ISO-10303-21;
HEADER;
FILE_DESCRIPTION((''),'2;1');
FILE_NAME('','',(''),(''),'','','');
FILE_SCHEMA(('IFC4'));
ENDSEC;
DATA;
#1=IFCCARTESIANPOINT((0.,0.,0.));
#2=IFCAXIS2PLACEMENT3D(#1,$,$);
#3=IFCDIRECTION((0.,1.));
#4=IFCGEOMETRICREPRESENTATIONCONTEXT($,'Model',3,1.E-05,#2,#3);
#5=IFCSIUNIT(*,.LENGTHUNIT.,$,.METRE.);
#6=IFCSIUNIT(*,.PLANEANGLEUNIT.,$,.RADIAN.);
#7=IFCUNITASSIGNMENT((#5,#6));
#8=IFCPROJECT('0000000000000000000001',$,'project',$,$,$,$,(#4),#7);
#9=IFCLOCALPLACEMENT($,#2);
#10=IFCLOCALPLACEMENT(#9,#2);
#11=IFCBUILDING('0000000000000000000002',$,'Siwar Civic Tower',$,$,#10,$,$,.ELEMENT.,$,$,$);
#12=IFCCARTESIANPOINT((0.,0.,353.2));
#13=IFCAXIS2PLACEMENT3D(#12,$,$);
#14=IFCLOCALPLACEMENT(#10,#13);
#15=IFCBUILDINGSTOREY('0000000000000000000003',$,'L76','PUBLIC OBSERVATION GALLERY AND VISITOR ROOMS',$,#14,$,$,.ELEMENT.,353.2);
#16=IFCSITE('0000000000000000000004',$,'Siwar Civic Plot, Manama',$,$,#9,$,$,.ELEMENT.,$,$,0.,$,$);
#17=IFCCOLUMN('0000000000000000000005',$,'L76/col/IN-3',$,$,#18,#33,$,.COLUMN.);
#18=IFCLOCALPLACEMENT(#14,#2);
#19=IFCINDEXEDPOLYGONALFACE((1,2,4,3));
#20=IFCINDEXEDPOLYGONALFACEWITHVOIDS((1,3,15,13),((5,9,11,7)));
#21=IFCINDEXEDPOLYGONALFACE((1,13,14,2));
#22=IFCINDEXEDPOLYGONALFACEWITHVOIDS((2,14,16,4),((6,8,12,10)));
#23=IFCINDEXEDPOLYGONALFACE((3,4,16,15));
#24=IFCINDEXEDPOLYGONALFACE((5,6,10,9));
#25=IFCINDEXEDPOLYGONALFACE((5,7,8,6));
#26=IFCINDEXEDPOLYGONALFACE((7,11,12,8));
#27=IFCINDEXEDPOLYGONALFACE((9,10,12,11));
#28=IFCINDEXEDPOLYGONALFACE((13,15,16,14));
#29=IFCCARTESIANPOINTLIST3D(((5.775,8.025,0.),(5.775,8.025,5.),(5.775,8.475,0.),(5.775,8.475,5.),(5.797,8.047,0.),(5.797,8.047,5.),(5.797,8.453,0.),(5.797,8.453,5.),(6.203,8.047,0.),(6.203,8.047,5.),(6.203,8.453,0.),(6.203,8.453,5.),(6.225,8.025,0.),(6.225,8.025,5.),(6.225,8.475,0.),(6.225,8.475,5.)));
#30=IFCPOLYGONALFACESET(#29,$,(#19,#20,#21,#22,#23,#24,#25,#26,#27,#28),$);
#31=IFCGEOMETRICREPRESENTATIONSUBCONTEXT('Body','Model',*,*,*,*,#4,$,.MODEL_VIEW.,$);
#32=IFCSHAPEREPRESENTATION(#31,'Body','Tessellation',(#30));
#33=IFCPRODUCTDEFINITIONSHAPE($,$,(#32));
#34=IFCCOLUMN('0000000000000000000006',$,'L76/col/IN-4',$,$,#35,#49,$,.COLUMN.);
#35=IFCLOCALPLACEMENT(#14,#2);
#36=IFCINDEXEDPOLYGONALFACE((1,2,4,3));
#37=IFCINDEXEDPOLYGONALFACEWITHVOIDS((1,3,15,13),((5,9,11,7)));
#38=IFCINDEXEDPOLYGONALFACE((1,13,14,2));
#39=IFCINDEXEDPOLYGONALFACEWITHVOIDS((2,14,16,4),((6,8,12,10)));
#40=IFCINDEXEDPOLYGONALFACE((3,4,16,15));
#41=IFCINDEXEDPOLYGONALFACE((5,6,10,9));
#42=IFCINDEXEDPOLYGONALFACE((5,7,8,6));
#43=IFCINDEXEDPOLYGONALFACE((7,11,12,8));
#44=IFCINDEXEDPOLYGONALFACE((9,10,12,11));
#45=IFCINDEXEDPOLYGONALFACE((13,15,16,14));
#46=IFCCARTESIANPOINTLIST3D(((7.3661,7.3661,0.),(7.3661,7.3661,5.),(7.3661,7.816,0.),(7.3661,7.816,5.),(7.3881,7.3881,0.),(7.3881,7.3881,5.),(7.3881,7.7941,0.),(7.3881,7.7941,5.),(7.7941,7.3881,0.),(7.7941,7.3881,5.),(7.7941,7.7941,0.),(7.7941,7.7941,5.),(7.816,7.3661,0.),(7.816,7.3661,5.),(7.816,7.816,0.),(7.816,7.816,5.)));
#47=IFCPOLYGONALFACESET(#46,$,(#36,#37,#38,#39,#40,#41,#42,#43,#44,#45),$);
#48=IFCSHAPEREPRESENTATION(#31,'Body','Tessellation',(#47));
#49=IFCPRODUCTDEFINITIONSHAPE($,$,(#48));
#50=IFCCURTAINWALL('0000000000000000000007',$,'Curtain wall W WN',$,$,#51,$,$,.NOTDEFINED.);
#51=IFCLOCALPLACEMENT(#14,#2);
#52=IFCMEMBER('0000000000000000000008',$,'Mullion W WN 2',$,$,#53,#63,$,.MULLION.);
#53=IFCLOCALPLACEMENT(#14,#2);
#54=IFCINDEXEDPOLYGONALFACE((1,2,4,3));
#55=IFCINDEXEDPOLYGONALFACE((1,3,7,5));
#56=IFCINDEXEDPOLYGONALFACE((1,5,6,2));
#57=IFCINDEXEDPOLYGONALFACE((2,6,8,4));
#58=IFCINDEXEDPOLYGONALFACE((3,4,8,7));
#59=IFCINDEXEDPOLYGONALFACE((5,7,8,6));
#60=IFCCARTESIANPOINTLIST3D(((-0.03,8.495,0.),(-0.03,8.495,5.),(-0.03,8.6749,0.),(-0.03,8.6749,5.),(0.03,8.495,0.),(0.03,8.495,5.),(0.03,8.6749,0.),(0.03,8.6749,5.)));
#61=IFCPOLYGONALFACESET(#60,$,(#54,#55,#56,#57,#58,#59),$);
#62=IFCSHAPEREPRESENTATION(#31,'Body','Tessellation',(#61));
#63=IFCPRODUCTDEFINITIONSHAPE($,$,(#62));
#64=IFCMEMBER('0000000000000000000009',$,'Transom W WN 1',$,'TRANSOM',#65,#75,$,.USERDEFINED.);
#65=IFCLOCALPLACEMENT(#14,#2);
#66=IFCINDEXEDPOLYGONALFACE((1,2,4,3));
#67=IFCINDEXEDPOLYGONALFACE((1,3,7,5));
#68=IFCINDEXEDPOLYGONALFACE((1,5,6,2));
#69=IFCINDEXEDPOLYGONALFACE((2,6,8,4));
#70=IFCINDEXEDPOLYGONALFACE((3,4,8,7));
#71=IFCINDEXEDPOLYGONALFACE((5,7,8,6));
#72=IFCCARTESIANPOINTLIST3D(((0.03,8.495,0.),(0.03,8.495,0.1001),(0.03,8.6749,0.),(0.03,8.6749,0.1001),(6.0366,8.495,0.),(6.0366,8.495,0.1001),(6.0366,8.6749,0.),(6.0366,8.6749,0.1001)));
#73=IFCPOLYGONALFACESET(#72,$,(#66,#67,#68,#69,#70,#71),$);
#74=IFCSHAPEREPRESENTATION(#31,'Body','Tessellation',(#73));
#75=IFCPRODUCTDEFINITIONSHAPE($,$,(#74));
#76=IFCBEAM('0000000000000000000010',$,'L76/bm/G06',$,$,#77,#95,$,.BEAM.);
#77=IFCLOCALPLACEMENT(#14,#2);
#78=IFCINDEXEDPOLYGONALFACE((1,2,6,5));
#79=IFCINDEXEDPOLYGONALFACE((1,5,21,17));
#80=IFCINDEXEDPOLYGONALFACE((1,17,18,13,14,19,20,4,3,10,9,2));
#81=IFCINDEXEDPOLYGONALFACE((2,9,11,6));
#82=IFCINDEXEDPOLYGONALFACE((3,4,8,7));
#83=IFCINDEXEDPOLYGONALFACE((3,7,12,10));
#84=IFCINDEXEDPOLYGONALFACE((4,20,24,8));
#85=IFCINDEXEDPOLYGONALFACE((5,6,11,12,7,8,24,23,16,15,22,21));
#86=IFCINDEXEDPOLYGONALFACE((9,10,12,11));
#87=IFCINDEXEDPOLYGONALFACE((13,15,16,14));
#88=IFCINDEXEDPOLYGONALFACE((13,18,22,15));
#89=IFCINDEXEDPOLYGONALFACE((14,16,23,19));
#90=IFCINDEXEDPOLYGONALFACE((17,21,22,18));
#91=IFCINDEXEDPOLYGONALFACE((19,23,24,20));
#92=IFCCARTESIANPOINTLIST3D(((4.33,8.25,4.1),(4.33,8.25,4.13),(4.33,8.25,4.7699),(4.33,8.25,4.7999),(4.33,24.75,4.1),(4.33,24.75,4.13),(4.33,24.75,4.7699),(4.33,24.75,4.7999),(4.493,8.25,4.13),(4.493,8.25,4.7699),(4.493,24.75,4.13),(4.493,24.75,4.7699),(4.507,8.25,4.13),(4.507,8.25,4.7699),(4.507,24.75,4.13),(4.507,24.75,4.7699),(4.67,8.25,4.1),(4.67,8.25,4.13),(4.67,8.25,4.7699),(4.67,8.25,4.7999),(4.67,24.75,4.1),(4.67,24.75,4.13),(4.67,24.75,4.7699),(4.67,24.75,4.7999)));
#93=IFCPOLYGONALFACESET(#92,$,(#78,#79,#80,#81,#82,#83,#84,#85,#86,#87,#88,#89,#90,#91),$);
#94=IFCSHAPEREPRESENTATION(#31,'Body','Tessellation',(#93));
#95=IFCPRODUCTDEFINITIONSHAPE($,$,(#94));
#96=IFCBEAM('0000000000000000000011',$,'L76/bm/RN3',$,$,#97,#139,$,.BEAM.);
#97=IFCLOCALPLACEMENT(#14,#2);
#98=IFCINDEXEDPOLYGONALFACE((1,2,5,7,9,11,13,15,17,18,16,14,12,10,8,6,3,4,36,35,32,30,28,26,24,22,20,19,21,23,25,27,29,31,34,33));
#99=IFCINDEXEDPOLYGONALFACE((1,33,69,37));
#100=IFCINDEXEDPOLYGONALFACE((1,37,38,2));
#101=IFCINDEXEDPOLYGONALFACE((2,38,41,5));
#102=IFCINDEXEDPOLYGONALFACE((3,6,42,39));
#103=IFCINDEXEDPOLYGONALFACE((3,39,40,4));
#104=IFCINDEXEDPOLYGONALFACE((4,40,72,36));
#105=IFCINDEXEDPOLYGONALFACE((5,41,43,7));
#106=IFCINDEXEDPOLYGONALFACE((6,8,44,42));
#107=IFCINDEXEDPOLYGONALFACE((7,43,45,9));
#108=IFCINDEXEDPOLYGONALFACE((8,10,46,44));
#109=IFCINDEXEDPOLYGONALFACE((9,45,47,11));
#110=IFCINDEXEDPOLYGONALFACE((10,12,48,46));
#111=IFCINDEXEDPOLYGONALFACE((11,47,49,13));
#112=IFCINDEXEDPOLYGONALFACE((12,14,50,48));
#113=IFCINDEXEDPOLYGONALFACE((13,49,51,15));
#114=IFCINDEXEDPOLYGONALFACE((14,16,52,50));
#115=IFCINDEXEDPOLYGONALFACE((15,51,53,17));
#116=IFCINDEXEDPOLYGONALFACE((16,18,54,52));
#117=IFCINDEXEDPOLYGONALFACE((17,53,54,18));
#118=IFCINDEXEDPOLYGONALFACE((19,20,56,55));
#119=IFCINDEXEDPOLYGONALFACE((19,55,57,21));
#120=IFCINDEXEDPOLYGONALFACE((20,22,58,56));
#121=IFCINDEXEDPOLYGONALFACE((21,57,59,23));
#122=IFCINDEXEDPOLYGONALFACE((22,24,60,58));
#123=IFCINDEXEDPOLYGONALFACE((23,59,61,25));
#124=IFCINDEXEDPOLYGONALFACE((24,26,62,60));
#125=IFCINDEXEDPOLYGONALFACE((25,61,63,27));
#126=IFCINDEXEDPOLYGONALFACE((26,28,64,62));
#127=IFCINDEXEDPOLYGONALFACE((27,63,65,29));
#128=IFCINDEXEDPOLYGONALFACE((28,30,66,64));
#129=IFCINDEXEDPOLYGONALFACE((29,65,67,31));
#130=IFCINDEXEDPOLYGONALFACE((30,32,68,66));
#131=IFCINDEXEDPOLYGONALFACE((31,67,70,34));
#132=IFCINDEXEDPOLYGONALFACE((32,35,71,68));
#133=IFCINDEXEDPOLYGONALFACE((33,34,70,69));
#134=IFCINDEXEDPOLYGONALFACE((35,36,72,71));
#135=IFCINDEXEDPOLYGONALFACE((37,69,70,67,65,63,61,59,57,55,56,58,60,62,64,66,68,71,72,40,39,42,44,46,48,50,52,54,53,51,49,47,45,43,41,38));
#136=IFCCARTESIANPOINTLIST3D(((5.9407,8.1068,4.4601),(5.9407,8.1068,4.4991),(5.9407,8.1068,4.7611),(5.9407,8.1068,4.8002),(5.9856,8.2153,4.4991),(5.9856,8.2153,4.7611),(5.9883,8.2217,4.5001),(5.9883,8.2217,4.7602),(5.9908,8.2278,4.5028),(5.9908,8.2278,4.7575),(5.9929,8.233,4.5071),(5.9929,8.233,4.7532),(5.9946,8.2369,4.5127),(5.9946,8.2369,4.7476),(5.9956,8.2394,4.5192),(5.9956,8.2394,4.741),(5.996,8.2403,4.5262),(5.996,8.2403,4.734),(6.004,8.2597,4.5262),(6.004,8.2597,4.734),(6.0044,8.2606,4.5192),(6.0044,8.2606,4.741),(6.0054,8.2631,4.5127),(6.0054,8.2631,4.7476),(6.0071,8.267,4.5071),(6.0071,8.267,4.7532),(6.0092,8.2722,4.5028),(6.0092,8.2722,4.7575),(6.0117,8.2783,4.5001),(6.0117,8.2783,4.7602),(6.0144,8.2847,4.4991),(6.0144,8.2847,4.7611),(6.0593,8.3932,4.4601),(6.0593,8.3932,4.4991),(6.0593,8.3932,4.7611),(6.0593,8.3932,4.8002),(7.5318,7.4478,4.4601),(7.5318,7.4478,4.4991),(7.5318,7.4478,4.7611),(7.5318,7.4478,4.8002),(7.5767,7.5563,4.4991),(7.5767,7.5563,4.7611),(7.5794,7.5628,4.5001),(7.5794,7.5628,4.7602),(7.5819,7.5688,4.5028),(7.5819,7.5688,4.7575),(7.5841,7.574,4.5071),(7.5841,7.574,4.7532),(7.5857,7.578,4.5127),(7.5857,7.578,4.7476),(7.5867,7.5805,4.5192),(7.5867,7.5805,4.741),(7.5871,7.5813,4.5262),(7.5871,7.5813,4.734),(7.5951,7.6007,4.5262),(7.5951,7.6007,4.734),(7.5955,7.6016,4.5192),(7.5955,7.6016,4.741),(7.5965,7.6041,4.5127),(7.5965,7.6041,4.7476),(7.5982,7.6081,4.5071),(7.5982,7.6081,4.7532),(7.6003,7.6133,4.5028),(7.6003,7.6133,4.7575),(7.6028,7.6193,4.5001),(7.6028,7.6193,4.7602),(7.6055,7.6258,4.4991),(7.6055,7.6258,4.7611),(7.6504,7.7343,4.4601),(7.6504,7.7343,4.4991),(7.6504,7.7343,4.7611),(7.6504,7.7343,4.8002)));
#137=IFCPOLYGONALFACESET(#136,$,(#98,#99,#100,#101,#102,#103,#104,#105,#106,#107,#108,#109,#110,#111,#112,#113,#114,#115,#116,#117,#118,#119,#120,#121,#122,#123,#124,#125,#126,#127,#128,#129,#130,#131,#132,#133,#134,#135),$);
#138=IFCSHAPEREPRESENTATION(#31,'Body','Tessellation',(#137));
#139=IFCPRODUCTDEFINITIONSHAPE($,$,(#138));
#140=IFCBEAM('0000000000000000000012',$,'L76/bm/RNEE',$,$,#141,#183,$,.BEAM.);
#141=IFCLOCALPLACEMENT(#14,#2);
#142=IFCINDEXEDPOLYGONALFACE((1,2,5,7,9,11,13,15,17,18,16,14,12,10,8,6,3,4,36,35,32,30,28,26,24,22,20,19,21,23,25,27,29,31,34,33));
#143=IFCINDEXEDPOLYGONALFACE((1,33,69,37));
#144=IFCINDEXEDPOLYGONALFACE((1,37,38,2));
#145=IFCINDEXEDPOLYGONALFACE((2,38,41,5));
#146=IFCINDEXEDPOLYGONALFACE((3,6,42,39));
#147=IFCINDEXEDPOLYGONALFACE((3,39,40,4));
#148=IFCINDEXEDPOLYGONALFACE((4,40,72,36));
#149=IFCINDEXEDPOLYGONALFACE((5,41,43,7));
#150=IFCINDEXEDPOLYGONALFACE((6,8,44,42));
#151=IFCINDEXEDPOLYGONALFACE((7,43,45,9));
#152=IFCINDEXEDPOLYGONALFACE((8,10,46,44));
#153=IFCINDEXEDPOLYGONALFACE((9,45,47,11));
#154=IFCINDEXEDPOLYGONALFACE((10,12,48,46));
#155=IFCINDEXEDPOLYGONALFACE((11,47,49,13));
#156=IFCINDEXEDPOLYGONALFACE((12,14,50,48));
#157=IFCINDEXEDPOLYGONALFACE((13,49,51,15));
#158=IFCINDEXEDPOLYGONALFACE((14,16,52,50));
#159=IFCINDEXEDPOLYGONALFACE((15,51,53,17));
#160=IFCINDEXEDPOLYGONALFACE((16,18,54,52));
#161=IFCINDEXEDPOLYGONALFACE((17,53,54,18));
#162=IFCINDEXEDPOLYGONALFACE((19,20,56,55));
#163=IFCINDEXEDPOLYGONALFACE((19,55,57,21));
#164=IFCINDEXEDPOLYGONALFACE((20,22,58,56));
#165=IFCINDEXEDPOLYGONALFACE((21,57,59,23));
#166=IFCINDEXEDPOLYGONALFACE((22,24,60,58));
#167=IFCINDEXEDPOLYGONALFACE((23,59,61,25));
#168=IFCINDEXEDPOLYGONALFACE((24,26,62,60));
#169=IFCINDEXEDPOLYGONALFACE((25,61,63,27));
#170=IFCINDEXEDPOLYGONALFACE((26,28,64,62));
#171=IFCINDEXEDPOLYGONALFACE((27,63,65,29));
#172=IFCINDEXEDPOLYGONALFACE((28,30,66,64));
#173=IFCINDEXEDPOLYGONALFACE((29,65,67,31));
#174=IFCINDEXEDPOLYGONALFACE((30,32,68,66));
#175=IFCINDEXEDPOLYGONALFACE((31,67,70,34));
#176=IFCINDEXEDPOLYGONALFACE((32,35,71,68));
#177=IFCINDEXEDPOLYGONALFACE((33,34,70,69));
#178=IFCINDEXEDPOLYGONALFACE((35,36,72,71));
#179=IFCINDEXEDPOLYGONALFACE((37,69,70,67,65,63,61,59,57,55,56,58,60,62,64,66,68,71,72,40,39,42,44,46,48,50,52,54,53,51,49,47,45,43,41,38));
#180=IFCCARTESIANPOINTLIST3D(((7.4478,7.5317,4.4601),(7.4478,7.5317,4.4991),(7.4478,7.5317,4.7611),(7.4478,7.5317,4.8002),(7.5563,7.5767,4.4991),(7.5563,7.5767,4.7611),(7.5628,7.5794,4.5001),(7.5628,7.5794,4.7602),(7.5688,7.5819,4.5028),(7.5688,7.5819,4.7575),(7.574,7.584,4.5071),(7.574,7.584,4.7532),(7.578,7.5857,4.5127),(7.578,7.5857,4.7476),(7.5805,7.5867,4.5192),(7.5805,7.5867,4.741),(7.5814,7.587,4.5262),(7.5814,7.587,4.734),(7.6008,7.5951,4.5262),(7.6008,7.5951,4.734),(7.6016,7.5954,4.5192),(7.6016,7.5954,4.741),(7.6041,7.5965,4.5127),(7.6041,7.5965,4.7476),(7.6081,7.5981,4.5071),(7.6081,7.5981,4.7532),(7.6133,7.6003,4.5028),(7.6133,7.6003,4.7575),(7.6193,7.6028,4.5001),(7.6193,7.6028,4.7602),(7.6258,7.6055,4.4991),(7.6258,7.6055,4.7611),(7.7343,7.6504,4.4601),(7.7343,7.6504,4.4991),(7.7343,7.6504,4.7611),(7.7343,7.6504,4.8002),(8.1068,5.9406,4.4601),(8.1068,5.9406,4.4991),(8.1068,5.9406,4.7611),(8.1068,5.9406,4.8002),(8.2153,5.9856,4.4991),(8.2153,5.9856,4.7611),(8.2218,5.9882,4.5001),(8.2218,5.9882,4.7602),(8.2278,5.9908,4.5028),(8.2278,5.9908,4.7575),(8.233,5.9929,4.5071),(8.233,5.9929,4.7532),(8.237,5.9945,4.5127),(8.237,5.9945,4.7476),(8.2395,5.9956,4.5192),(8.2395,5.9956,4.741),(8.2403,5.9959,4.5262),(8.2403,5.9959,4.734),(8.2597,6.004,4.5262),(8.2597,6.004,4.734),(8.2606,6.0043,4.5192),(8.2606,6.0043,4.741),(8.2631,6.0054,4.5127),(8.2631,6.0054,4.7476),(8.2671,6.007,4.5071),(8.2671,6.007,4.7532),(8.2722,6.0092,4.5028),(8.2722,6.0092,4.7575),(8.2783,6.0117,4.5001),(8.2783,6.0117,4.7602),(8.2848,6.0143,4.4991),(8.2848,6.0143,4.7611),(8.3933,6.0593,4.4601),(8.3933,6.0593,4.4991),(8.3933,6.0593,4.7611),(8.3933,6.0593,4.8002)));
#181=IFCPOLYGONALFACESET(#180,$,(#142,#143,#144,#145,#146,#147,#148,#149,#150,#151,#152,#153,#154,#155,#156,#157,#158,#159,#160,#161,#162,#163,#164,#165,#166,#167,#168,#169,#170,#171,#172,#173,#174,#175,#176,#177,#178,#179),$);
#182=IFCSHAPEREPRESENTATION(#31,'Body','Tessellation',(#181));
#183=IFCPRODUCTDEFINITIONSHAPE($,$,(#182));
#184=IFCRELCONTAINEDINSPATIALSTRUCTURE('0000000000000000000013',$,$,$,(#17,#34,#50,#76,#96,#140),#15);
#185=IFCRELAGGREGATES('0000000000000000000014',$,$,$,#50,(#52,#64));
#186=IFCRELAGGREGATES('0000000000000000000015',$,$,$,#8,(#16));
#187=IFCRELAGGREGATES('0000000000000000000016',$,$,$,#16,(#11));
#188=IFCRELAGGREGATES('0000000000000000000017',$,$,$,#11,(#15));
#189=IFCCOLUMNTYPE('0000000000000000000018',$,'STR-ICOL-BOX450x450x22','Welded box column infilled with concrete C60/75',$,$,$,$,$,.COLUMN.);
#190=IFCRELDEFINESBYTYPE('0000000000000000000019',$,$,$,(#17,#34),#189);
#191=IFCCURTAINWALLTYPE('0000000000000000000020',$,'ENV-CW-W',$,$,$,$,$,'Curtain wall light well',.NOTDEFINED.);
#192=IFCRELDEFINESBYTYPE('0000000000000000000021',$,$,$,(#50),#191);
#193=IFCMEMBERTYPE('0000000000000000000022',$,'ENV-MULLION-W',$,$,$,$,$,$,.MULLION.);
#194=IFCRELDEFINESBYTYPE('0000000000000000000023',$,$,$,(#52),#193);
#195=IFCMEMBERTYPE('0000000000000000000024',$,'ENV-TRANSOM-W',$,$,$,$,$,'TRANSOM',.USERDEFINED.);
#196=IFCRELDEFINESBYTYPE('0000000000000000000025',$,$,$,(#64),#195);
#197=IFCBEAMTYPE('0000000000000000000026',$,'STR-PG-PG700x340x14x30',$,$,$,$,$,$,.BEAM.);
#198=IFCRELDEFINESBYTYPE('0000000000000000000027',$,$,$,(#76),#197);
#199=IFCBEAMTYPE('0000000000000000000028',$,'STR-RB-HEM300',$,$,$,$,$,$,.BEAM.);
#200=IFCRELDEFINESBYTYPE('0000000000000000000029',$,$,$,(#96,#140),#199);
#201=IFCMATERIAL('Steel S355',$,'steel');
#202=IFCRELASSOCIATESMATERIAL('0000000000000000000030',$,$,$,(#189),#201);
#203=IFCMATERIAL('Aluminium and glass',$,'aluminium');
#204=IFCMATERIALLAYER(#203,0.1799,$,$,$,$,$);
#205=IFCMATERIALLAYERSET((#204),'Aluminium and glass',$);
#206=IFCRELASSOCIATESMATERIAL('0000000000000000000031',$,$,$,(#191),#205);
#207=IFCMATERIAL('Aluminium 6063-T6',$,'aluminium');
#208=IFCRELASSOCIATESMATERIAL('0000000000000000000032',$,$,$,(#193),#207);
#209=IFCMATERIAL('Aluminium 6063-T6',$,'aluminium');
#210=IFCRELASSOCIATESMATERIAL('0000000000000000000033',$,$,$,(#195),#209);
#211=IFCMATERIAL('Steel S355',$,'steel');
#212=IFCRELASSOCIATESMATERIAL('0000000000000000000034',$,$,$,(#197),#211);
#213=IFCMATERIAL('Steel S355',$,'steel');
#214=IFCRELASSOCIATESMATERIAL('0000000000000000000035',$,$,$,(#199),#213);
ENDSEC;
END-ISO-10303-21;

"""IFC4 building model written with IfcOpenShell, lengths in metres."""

from ifc_helpers import new_model, si_unit, direction, frame, origin, origin_2d, place, context, subcontext, project, spatial, rectangle, hollow_rectangle, i_section, extrude, material, layer, layer_set, material_profile, profile_set, type_object, element, aggregate, save


model = new_model("IFC4")

# Units and contexts
model_context = context("Model", 3, precision=1e-05, world=origin(), true_north=direction((0.0, 1.0)))
body_context = subcontext(model_context, "Body", "Model", "MODEL_VIEW")
ifc_project = project(units=[si_unit("LENGTHUNIT", "METRE"), si_unit("PLANEANGLEUNIT", "RADIAN")], contexts=[model_context])

# Site, building, storey
site_placement = place(None, origin())
site = spatial("IfcSite", under=ifc_project, at=site_placement, Name="Siwar Civic Plot, Manama", CompositionType="ELEMENT", RefElevation=0.0)
building_placement = place(site_placement, origin())
building = spatial("IfcBuilding", under=site, at=building_placement, Name="Siwar Civic Tower", CompositionType="ELEMENT")
storey_placement = place(building_placement, frame((0.0, 0.0, 353.2)))
storey = spatial("IfcBuildingStorey", under=building, at=storey_placement, Name="L76", Description="PUBLIC OBSERVATION GALLERY AND VISITOR ROOMS", CompositionType="ELEMENT", Elevation=353.2)

# Columns
ifc_material_1 = material(Name="Steel S355", Category="steel")
ifc_material_profile_1 = material_profile(ifc_material_1, hollow_rectangle(XDim=0.45, YDim=0.45, WallThickness=0.022, at=origin_2d()), Name="BOX450x450x22")
ifc_profile_set_1 = profile_set([ifc_material_profile_1], Name="Steel S355")
column_type = type_object("IfcColumnType", Name="STR-ICOL-BOX450x450x22", Description="Welded box column infilled with concrete C60/75", PredefinedType="COLUMN", material=ifc_profile_set_1)
for number, where, z_axis, x_axis, name in (
    (1, (6.0, 8.25, 0.0), (0.0, 0.0, 1.0), (1.0, 0.0, 0.0), "L76/col/IN-3"),
    (2, (7.5911, 7.5911, 0.0), (0.0, 0.0, 1.0), (1.0, 0.0, 0.0), "L76/col/IN-4"),
):
    element("IfcColumn", number, at=place(storey_placement, frame(where, z_axis=z_axis, x_axis=x_axis)), inside=storey, type_object=column_type, Name=name, PredefinedType="COLUMN", context=body_context, shape_type="SweptSolid", body=[
        extrude(hollow_rectangle(XDim=0.45, YDim=0.45, WallThickness=0.022, at=origin_2d()), origin(), (0.0, 0.0, 1.0), 5.0),
    ])

# Curtain wall, members
ifc_material_2 = material(Name="Aluminium and glass", Category="aluminium")
ifc_layer_1 = layer(ifc_material_2, 0.1799)
ifc_layer_set_1 = layer_set([ifc_layer_1], Name="Aluminium and glass")
curtain_wall_type = type_object("IfcCurtainWallType", Name="ENV-CW-W", ElementType="Curtain wall light well", PredefinedType="NOTDEFINED", material=ifc_layer_set_1)
curtain_wall_placement = place(storey_placement, origin())
curtain_wall = element("IfcCurtainWall", 3, at=curtain_wall_placement, inside=storey, type_object=curtain_wall_type, Name="Curtain wall W WN", PredefinedType="NOTDEFINED")
ifc_material_3 = material(Name="Aluminium 6063-T6", Category="aluminium")
ifc_material_profile_2 = material_profile(ifc_material_3, rectangle(XDim=0.1799, YDim=0.0601, at=origin_2d()), Name="AL 180x60")
ifc_profile_set_2 = profile_set([ifc_material_profile_2], Name="Aluminium 6063-T6")
member_type_1 = type_object("IfcMemberType", Name="ENV-MULLION-W", PredefinedType="MULLION", material=ifc_profile_set_2)
member_1_placement = place(storey_placement, frame((0.0, 8.585, 0.0), z_axis=(0.0, 0.0, 1.0), x_axis=(0.0, -1.0, 0.0)))
member_1 = element("IfcMember", 4, at=member_1_placement, type_object=member_type_1, Name="Mullion W WN 2", PredefinedType="MULLION", context=body_context, shape_type="SweptSolid", body=[
    extrude(rectangle(XDim=0.1799, YDim=0.0601, at=origin_2d()), origin(), (0.0, 0.0, 1.0), 5.0),
])
ifc_material_4 = material(Name="Aluminium 6063-T6", Category="aluminium")
ifc_material_profile_3 = material_profile(ifc_material_4, rectangle(XDim=0.1799, YDim=0.1001, at=origin_2d()), Name="AL 180x100")
ifc_profile_set_3 = profile_set([ifc_material_profile_3], Name="Aluminium 6063-T6")
member_type_2 = type_object("IfcMemberType", Name="ENV-TRANSOM-W", ElementType="TRANSOM", PredefinedType="USERDEFINED", material=ifc_profile_set_3)
member_2_placement = place(storey_placement, frame((6.0366, 8.585, 0.05), z_axis=(-1.0, 0.0, 0.0), x_axis=(0.0, -1.0, 0.0)))
member_2 = element("IfcMember", 5, at=member_2_placement, type_object=member_type_2, Name="Transom W WN 1", ObjectType="TRANSOM", PredefinedType="USERDEFINED", context=body_context, shape_type="SweptSolid", body=[
    extrude(rectangle(XDim=0.1799, YDim=0.1001, at=origin_2d()), origin(), (0.0, 0.0, 1.0), 6.0066),
])

# Beams
ifc_material_5 = material(Name="Steel S355", Category="steel")
ifc_material_profile_4 = material_profile(ifc_material_5, i_section(OverallWidth=0.3401, OverallDepth=0.7, WebThickness=0.0139, FlangeThickness=0.03, at=origin_2d()), Name="PG700x340x14x30")
ifc_profile_set_4 = profile_set([ifc_material_profile_4], Name="Steel S355")
beam_type_1 = type_object("IfcBeamType", Name="STR-PG-PG700x340x14x30", PredefinedType="BEAM", material=ifc_profile_set_4)
beam_placement = place(storey_placement, frame((4.5, 8.25, 4.45), z_axis=(0.0, 1.0, 0.0), x_axis=(-1.0, 0.0, 0.0)))
element("IfcBeam", 6, at=beam_placement, inside=storey, type_object=beam_type_1, Name="L76/bm/G06", PredefinedType="BEAM", context=body_context, shape_type="SweptSolid", body=[
    extrude(i_section(OverallWidth=0.3401, OverallDepth=0.7, WebThickness=0.0139, FlangeThickness=0.03, at=origin_2d()), origin(), (0.0, 0.0, 1.0), 16.5),
])
ifc_material_6 = material(Name="Steel S355", Category="steel")
ifc_material_profile_5 = material_profile(ifc_material_6, i_section(OverallWidth=0.3101, OverallDepth=0.3401, WebThickness=0.021, FlangeThickness=0.0391, FilletRadius=0.0271, at=origin_2d()), Name="HEM300")
ifc_profile_set_5 = profile_set([ifc_material_profile_5], Name="Steel S355")
beam_type_2 = type_object("IfcBeamType", Name="STR-RB-HEM300", PredefinedType="BEAM", material=ifc_profile_set_5)
for number, where, z_axis, x_axis, name in (
    (7, (6.0, 8.25, 4.6301), (0.923901, -0.382631, 0.0), (0.382631, 0.923901, 0.0), "L76/bm/RN3"),
    (8, (7.5911, 7.5911, 4.6301), (0.382631, -0.923901, 0.0), (0.923901, 0.382631, 0.0), "L76/bm/RNEE"),
):
    element("IfcBeam", number, at=place(storey_placement, frame(where, z_axis=z_axis, x_axis=x_axis)), inside=storey, type_object=beam_type_2, Name=name, PredefinedType="BEAM", context=body_context, shape_type="SweptSolid", body=[
        extrude(i_section(OverallWidth=0.3101, OverallDepth=0.3401, WebThickness=0.021, FlangeThickness=0.0391, FilletRadius=0.0271, at=origin_2d()), origin(), (0.0, 0.0, 1.0), 1.7222),
    ])

aggregate(curtain_wall, [member_1, member_2])

save(model, "model.ifc")
